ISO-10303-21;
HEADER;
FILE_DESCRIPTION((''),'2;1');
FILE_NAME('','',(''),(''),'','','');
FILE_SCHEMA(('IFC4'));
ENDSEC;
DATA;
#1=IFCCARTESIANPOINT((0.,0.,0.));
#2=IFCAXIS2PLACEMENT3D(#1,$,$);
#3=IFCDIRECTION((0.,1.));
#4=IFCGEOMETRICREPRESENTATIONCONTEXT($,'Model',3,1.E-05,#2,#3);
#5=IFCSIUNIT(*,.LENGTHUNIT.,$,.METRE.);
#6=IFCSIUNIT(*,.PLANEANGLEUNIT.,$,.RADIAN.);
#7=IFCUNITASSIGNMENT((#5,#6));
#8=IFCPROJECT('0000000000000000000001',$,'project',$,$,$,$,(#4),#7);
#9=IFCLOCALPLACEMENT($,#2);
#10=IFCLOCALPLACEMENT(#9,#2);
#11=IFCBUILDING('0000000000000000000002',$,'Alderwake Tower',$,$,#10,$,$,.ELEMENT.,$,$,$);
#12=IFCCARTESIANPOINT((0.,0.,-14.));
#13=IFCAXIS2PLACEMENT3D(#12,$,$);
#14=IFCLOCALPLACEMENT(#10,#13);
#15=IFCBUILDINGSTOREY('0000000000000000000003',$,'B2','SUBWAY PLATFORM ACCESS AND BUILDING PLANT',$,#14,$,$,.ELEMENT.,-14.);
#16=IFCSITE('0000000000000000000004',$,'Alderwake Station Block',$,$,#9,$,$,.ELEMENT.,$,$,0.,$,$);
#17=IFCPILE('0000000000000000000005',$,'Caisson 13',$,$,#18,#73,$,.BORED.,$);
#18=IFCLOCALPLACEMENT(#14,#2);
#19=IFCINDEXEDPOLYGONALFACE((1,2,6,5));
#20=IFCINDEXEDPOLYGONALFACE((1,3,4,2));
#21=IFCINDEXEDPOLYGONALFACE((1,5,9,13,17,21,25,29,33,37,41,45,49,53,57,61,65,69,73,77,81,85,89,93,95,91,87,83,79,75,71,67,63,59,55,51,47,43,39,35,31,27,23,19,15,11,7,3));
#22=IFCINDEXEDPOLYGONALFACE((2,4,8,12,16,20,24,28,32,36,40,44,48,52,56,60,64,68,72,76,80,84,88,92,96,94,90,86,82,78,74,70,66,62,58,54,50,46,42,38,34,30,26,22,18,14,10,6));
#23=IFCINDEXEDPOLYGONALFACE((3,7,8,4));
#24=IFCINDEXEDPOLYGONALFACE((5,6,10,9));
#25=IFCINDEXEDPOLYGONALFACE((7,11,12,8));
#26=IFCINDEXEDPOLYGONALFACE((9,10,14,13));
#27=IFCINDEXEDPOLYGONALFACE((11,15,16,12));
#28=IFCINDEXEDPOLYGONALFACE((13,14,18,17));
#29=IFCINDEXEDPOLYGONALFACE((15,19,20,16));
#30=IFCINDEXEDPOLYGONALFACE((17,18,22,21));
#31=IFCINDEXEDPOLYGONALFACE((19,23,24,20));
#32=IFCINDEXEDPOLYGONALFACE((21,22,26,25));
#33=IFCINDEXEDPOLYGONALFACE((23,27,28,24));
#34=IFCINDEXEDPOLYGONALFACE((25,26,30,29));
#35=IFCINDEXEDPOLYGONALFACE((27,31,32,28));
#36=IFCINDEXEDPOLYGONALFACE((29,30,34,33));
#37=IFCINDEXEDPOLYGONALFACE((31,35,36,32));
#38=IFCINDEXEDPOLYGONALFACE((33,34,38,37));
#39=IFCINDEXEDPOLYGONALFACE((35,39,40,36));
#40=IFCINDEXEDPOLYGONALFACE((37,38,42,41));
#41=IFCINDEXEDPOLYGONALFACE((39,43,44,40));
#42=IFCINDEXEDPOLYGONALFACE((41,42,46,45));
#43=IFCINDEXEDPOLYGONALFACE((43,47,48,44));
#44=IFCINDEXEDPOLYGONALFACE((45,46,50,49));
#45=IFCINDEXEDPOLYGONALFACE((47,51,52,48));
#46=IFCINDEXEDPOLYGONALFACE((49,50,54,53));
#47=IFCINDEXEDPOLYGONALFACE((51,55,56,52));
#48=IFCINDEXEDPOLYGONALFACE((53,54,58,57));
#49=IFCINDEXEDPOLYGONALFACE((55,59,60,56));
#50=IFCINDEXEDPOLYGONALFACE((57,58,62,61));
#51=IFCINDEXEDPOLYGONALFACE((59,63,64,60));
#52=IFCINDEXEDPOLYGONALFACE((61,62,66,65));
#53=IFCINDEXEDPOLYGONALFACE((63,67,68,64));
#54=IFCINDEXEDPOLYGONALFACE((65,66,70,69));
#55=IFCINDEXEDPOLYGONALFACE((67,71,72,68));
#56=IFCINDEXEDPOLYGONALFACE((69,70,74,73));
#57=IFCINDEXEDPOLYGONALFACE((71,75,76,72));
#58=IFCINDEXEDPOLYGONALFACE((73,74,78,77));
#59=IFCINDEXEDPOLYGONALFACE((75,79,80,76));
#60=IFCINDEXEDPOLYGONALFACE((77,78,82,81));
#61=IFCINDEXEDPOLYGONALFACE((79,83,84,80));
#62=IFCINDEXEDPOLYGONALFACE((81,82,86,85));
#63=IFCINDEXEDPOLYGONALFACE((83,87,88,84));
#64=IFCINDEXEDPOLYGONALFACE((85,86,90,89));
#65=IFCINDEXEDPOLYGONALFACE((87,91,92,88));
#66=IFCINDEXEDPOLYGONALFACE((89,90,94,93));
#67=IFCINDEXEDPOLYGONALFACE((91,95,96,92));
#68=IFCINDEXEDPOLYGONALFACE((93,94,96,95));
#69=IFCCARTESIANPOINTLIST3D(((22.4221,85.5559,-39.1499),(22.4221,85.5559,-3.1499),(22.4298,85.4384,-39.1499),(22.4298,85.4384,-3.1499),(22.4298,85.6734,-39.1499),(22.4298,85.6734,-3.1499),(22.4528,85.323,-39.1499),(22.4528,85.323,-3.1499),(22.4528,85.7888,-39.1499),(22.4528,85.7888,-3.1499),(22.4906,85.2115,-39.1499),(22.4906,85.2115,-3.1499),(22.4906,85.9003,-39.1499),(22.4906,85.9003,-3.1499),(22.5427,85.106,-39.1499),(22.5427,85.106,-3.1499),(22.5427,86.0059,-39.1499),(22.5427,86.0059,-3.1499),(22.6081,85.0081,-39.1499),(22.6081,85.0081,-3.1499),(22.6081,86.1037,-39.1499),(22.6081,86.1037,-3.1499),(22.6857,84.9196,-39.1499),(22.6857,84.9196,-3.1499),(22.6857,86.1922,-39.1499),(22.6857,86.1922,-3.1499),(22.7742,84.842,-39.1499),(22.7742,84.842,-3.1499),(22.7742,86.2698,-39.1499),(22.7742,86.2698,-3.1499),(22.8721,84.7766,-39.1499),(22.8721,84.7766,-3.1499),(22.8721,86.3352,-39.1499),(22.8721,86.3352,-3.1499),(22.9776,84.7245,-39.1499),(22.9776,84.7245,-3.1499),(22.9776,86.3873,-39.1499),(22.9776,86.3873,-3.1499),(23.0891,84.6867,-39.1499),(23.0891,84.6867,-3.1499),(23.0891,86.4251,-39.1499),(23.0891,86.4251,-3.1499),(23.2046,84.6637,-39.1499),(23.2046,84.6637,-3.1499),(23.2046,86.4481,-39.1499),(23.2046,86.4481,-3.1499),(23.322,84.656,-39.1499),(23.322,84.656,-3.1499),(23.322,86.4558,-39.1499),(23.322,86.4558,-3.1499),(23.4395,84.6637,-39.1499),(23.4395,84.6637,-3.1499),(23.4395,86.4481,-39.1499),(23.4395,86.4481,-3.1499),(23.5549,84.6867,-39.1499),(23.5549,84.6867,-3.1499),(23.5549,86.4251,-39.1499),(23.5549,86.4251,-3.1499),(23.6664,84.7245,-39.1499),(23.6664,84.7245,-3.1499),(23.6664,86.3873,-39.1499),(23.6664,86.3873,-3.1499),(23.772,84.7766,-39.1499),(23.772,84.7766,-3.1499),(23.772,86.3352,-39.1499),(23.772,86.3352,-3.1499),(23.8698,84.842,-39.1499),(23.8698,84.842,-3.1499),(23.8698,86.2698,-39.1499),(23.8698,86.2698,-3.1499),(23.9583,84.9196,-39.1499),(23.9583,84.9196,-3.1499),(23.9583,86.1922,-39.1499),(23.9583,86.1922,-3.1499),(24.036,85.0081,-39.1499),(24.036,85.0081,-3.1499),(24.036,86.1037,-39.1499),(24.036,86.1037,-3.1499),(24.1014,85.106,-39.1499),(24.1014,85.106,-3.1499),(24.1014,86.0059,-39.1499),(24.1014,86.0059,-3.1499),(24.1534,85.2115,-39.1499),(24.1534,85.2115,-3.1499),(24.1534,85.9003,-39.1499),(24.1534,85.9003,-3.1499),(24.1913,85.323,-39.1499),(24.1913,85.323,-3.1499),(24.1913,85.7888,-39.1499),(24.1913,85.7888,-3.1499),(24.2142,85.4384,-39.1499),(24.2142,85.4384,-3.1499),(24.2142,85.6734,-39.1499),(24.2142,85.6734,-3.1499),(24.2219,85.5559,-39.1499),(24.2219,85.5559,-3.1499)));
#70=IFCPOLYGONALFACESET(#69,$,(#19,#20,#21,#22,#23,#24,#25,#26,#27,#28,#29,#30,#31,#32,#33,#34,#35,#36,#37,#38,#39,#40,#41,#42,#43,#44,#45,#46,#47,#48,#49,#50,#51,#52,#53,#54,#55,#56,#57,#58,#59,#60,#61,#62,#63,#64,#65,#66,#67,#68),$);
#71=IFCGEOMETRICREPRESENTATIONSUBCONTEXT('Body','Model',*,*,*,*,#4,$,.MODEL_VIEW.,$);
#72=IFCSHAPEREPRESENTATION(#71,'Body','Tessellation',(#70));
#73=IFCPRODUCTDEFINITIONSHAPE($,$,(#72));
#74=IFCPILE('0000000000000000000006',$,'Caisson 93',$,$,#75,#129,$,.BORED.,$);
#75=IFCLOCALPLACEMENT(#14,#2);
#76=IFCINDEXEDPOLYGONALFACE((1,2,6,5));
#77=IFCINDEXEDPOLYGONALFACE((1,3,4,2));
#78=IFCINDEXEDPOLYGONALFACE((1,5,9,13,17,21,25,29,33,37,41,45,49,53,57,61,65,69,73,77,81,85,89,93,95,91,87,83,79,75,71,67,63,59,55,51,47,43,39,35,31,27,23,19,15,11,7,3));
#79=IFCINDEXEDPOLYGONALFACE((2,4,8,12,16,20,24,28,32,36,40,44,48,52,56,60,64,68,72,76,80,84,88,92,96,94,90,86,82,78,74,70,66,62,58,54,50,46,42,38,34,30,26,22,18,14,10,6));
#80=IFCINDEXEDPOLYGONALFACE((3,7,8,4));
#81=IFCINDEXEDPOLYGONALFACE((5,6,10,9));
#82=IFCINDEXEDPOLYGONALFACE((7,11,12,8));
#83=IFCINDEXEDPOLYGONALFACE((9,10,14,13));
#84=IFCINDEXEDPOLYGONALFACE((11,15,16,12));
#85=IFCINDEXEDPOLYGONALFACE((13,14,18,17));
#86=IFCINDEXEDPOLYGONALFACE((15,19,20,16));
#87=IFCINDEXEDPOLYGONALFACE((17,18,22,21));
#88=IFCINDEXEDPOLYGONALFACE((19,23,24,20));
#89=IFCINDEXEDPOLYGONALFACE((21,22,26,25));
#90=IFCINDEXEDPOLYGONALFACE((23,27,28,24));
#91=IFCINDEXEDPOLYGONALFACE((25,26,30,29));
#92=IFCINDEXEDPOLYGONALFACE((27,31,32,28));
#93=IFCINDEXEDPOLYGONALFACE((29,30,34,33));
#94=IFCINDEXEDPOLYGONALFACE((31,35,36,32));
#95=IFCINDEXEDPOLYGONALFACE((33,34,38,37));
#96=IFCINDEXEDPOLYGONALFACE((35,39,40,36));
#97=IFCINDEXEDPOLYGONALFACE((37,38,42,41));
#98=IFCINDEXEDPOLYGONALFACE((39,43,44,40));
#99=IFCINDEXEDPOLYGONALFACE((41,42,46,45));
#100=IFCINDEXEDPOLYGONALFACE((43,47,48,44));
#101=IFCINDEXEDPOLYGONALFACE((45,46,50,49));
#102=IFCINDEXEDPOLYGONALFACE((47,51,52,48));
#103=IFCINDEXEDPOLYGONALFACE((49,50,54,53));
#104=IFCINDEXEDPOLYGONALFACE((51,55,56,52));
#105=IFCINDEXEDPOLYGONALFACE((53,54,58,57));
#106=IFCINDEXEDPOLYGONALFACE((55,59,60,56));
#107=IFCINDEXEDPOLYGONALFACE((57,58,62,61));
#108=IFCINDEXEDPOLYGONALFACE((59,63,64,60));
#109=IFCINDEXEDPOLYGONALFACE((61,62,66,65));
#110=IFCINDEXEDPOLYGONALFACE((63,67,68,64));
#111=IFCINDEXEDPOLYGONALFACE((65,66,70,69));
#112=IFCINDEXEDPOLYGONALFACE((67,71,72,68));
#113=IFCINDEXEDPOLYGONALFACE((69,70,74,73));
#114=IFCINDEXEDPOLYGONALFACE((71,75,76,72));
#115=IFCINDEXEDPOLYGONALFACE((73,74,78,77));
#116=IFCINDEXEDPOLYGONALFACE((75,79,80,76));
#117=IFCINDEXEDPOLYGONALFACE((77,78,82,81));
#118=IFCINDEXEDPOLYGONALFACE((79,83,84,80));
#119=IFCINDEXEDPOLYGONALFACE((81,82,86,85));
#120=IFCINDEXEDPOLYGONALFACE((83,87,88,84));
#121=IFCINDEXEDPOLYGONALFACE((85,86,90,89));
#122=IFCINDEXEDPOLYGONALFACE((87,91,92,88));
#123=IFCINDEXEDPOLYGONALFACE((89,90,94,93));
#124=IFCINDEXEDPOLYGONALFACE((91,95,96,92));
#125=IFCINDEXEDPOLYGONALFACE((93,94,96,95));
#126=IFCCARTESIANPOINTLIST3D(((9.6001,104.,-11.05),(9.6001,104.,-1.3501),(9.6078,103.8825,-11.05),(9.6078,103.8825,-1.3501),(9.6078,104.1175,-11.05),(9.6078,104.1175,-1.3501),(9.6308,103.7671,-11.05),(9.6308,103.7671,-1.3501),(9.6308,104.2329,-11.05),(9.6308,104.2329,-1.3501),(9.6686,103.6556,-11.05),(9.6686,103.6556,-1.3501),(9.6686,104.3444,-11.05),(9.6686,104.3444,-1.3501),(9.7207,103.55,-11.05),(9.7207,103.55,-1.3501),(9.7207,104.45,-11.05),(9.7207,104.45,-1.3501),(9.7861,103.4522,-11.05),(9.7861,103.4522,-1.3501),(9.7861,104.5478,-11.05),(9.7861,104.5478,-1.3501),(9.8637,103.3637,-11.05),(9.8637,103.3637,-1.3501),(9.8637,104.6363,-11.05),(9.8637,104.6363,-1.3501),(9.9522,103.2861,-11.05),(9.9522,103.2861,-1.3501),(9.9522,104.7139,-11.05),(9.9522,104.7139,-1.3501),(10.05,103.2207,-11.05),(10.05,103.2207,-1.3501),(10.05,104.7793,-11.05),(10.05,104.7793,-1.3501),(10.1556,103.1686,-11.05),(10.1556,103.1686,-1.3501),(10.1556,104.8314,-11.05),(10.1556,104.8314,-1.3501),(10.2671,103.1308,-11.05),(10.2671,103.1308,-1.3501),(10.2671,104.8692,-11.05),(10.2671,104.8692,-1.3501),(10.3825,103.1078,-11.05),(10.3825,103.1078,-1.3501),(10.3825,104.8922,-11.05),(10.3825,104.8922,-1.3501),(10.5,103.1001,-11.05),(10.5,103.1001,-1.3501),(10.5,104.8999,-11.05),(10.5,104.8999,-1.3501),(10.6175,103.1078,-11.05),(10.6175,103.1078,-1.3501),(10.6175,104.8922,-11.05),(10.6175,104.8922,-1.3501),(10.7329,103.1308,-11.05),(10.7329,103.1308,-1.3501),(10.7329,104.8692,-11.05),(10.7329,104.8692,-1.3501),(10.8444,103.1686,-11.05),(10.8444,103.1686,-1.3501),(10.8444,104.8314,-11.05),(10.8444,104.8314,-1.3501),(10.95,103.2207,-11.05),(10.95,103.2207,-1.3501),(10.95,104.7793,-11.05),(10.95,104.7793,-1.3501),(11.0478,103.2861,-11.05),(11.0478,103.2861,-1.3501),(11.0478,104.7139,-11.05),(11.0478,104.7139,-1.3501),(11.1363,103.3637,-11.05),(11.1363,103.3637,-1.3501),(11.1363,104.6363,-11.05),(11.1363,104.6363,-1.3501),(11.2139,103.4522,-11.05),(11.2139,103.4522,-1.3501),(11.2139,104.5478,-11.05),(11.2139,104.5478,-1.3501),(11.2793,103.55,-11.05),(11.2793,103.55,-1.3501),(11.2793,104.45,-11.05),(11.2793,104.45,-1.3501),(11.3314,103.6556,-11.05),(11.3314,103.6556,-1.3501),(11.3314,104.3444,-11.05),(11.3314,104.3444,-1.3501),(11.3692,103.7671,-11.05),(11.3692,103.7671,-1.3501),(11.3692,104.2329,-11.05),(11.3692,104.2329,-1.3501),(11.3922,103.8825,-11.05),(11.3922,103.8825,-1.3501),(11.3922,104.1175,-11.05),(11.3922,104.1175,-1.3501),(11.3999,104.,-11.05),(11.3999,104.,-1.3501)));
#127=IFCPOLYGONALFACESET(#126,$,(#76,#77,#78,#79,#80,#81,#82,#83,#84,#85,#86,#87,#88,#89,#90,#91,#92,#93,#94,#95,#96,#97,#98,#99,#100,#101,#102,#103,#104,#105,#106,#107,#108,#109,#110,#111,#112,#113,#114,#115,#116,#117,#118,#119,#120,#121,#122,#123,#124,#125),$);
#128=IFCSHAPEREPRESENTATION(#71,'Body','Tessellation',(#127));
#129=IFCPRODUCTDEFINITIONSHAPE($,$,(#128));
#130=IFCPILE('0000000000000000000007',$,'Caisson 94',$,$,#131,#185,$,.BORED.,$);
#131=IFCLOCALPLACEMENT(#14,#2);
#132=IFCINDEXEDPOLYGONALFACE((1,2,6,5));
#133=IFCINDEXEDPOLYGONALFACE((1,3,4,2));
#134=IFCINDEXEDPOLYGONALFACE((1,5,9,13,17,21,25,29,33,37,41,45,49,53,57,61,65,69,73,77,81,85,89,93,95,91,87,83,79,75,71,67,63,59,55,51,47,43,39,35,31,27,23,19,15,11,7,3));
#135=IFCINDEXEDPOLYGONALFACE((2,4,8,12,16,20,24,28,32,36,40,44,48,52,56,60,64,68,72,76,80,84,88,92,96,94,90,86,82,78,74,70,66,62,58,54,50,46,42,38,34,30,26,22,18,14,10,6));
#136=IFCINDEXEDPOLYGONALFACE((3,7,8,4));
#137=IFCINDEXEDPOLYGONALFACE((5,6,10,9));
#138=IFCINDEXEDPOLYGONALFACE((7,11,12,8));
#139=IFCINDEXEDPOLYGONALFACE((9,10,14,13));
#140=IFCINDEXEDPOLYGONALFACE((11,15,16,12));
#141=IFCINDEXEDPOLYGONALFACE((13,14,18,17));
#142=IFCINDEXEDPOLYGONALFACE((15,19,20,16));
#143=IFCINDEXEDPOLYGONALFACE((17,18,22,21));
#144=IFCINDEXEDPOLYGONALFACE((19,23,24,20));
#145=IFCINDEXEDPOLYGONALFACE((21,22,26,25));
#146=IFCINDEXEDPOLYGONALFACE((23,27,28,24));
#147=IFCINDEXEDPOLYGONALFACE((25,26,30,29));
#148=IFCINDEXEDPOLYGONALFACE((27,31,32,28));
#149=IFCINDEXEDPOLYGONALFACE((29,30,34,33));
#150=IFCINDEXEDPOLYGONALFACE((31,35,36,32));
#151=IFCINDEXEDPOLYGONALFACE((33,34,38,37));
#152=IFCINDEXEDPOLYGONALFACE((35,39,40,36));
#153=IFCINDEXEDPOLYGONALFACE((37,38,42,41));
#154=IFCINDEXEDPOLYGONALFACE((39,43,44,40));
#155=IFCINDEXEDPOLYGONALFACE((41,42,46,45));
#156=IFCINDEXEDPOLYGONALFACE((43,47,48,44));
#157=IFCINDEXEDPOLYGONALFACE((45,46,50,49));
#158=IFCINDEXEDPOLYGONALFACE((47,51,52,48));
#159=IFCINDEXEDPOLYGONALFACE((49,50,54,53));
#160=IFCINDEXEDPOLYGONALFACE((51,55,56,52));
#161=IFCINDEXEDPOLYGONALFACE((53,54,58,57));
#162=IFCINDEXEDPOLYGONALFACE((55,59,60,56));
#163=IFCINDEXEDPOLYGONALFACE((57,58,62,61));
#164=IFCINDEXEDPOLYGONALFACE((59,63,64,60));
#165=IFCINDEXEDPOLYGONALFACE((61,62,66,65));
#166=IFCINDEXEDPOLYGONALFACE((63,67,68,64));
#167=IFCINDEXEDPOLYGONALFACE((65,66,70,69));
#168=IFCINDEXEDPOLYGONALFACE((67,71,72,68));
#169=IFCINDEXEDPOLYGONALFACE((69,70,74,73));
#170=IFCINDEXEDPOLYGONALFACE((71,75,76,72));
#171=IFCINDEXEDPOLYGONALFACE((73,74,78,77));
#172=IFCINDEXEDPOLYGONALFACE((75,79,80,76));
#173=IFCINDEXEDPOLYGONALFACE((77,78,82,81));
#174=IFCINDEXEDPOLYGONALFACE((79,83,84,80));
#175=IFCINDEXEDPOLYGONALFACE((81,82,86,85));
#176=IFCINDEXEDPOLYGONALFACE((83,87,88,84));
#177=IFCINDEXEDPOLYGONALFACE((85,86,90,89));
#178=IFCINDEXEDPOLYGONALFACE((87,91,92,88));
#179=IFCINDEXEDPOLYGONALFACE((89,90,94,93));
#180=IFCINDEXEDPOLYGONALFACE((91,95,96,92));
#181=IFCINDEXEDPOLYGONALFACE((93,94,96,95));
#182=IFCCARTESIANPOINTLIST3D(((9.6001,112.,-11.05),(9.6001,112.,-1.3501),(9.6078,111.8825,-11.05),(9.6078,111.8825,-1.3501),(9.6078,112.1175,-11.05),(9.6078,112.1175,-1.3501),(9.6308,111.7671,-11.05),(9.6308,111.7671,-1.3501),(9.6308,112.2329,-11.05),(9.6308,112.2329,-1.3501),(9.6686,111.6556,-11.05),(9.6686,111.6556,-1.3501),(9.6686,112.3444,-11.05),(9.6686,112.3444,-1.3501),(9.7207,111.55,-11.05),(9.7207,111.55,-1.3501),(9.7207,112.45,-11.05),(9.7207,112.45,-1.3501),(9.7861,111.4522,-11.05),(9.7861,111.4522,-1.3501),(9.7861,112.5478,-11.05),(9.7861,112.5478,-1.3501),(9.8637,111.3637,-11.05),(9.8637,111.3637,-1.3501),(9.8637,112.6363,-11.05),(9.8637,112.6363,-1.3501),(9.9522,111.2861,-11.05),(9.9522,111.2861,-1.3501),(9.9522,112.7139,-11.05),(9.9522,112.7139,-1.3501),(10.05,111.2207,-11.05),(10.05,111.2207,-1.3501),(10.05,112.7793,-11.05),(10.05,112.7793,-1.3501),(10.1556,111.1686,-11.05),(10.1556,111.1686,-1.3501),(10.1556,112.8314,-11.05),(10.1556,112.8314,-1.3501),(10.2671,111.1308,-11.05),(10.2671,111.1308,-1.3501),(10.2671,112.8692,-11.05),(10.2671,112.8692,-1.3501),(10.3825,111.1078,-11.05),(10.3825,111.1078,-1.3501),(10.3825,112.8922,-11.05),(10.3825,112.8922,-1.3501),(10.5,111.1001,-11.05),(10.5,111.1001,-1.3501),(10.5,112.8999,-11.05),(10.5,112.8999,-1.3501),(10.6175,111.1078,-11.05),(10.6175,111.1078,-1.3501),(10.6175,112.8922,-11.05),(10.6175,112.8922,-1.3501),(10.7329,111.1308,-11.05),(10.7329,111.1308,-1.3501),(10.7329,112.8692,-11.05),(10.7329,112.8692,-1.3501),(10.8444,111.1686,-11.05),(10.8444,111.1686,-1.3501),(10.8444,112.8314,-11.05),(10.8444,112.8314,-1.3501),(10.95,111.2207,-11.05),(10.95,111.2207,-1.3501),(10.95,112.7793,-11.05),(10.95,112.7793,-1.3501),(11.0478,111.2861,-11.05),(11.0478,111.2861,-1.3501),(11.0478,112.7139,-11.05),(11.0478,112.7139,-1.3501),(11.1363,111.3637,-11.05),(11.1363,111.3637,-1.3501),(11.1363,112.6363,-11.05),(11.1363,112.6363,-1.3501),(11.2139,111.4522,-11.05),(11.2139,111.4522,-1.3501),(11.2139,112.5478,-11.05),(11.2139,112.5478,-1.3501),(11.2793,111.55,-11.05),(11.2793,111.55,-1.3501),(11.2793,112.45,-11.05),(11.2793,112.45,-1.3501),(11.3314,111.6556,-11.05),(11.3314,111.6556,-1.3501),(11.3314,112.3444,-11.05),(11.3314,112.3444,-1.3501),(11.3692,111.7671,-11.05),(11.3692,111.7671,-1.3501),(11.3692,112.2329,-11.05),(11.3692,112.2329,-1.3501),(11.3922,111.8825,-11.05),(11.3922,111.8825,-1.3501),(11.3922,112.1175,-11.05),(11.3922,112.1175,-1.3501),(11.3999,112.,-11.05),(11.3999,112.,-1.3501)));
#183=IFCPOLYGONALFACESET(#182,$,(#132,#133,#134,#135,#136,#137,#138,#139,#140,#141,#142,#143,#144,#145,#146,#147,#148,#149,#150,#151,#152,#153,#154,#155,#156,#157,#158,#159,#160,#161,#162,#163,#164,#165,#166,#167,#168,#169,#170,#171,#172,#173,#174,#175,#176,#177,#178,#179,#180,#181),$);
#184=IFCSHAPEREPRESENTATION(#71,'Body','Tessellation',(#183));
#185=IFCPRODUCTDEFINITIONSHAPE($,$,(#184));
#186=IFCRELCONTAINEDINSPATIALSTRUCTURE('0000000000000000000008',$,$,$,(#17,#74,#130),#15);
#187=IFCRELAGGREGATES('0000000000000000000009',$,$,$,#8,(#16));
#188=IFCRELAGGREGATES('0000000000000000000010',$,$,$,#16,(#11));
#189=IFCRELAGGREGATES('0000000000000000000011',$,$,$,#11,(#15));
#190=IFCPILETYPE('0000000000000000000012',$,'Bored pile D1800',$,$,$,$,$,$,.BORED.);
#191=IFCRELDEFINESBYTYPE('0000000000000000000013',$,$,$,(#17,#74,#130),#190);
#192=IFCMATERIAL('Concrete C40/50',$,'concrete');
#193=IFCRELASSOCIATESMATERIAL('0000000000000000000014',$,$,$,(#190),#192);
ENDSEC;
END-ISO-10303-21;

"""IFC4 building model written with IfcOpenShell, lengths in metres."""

from ifc_helpers import new_model, si_unit, direction, frame, origin, origin_2d, place, context, subcontext, project, spatial, circle, extrude, material, material_profile, profile_set, type_object, element, save


model = new_model("IFC4")

# Units and contexts
model_context = context("Model", 3, precision=1e-05, world=origin(), true_north=direction((0.0, 1.0)))
body_context = subcontext(model_context, "Body", "Model", "MODEL_VIEW")
ifc_project = project(units=[si_unit("LENGTHUNIT", "METRE"), si_unit("PLANEANGLEUNIT", "RADIAN")], contexts=[model_context])

# Site, building, storey
site_placement = place(None, origin())
site = spatial("IfcSite", under=ifc_project, at=site_placement, Name="Alderwake Station Block", CompositionType="ELEMENT", RefElevation=0.0)
building_placement = place(site_placement, origin())
building = spatial("IfcBuilding", under=site, at=building_placement, Name="Alderwake Tower", CompositionType="ELEMENT")
storey_placement = place(building_placement, frame((0.0, 0.0, -14.0)))
storey = spatial("IfcBuildingStorey", under=building, at=storey_placement, Name="B2", Description="SUBWAY PLATFORM ACCESS AND BUILDING PLANT", CompositionType="ELEMENT", Elevation=-14.0)

# Piles
ifc_material_1 = material(Name="Concrete C40/50", Category="concrete")
ifc_material_profile_1 = material_profile(ifc_material_1, circle(Radius=0.8999, at=origin_2d()), Name="PILE 1800")
ifc_profile_set_1 = profile_set([ifc_material_profile_1], Name="Concrete C40/50")
pile_type_1 = type_object("IfcPileType", Name="Bored pile D1800", PredefinedType="BORED", material=ifc_profile_set_1)
for number, where, z_axis, x_axis, name in (
    (1, (23.322, 85.5559, -3.1499), (0.0, 0.0, -1.0), (1.0, 0.0, 0.0), "Caisson 13"),
):
    element("IfcPile", number, at=place(storey_placement, frame(where, z_axis=z_axis, x_axis=x_axis)), inside=storey, type_object=pile_type_1, Name=name, PredefinedType="BORED", context=body_context, shape_type="SweptSolid", body=[
        extrude(circle(Radius=0.8999, at=origin_2d()), origin(), (0.0, 0.0, 1.0), 36.0),
    ])
for number, where, z_axis, x_axis, name in (
    (2, (10.5, 104.0, -1.3501), (0.0, 0.0, -1.0), (1.0, 0.0, 0.0), "Caisson 93"),
    (3, (10.5, 112.0, -1.3501), (0.0, 0.0, -1.0), (1.0, 0.0, 0.0), "Caisson 94"),
):
    element("IfcPile", number, at=place(storey_placement, frame(where, z_axis=z_axis, x_axis=x_axis)), inside=storey, type_object=pile_type_1, Name=name, PredefinedType="BORED", context=body_context, shape_type="SweptSolid", body=[
        extrude(circle(Radius=0.8999, at=origin_2d()), origin(), (0.0, 0.0, 1.0), 9.7),
    ])

save(model, "model.ifc")
